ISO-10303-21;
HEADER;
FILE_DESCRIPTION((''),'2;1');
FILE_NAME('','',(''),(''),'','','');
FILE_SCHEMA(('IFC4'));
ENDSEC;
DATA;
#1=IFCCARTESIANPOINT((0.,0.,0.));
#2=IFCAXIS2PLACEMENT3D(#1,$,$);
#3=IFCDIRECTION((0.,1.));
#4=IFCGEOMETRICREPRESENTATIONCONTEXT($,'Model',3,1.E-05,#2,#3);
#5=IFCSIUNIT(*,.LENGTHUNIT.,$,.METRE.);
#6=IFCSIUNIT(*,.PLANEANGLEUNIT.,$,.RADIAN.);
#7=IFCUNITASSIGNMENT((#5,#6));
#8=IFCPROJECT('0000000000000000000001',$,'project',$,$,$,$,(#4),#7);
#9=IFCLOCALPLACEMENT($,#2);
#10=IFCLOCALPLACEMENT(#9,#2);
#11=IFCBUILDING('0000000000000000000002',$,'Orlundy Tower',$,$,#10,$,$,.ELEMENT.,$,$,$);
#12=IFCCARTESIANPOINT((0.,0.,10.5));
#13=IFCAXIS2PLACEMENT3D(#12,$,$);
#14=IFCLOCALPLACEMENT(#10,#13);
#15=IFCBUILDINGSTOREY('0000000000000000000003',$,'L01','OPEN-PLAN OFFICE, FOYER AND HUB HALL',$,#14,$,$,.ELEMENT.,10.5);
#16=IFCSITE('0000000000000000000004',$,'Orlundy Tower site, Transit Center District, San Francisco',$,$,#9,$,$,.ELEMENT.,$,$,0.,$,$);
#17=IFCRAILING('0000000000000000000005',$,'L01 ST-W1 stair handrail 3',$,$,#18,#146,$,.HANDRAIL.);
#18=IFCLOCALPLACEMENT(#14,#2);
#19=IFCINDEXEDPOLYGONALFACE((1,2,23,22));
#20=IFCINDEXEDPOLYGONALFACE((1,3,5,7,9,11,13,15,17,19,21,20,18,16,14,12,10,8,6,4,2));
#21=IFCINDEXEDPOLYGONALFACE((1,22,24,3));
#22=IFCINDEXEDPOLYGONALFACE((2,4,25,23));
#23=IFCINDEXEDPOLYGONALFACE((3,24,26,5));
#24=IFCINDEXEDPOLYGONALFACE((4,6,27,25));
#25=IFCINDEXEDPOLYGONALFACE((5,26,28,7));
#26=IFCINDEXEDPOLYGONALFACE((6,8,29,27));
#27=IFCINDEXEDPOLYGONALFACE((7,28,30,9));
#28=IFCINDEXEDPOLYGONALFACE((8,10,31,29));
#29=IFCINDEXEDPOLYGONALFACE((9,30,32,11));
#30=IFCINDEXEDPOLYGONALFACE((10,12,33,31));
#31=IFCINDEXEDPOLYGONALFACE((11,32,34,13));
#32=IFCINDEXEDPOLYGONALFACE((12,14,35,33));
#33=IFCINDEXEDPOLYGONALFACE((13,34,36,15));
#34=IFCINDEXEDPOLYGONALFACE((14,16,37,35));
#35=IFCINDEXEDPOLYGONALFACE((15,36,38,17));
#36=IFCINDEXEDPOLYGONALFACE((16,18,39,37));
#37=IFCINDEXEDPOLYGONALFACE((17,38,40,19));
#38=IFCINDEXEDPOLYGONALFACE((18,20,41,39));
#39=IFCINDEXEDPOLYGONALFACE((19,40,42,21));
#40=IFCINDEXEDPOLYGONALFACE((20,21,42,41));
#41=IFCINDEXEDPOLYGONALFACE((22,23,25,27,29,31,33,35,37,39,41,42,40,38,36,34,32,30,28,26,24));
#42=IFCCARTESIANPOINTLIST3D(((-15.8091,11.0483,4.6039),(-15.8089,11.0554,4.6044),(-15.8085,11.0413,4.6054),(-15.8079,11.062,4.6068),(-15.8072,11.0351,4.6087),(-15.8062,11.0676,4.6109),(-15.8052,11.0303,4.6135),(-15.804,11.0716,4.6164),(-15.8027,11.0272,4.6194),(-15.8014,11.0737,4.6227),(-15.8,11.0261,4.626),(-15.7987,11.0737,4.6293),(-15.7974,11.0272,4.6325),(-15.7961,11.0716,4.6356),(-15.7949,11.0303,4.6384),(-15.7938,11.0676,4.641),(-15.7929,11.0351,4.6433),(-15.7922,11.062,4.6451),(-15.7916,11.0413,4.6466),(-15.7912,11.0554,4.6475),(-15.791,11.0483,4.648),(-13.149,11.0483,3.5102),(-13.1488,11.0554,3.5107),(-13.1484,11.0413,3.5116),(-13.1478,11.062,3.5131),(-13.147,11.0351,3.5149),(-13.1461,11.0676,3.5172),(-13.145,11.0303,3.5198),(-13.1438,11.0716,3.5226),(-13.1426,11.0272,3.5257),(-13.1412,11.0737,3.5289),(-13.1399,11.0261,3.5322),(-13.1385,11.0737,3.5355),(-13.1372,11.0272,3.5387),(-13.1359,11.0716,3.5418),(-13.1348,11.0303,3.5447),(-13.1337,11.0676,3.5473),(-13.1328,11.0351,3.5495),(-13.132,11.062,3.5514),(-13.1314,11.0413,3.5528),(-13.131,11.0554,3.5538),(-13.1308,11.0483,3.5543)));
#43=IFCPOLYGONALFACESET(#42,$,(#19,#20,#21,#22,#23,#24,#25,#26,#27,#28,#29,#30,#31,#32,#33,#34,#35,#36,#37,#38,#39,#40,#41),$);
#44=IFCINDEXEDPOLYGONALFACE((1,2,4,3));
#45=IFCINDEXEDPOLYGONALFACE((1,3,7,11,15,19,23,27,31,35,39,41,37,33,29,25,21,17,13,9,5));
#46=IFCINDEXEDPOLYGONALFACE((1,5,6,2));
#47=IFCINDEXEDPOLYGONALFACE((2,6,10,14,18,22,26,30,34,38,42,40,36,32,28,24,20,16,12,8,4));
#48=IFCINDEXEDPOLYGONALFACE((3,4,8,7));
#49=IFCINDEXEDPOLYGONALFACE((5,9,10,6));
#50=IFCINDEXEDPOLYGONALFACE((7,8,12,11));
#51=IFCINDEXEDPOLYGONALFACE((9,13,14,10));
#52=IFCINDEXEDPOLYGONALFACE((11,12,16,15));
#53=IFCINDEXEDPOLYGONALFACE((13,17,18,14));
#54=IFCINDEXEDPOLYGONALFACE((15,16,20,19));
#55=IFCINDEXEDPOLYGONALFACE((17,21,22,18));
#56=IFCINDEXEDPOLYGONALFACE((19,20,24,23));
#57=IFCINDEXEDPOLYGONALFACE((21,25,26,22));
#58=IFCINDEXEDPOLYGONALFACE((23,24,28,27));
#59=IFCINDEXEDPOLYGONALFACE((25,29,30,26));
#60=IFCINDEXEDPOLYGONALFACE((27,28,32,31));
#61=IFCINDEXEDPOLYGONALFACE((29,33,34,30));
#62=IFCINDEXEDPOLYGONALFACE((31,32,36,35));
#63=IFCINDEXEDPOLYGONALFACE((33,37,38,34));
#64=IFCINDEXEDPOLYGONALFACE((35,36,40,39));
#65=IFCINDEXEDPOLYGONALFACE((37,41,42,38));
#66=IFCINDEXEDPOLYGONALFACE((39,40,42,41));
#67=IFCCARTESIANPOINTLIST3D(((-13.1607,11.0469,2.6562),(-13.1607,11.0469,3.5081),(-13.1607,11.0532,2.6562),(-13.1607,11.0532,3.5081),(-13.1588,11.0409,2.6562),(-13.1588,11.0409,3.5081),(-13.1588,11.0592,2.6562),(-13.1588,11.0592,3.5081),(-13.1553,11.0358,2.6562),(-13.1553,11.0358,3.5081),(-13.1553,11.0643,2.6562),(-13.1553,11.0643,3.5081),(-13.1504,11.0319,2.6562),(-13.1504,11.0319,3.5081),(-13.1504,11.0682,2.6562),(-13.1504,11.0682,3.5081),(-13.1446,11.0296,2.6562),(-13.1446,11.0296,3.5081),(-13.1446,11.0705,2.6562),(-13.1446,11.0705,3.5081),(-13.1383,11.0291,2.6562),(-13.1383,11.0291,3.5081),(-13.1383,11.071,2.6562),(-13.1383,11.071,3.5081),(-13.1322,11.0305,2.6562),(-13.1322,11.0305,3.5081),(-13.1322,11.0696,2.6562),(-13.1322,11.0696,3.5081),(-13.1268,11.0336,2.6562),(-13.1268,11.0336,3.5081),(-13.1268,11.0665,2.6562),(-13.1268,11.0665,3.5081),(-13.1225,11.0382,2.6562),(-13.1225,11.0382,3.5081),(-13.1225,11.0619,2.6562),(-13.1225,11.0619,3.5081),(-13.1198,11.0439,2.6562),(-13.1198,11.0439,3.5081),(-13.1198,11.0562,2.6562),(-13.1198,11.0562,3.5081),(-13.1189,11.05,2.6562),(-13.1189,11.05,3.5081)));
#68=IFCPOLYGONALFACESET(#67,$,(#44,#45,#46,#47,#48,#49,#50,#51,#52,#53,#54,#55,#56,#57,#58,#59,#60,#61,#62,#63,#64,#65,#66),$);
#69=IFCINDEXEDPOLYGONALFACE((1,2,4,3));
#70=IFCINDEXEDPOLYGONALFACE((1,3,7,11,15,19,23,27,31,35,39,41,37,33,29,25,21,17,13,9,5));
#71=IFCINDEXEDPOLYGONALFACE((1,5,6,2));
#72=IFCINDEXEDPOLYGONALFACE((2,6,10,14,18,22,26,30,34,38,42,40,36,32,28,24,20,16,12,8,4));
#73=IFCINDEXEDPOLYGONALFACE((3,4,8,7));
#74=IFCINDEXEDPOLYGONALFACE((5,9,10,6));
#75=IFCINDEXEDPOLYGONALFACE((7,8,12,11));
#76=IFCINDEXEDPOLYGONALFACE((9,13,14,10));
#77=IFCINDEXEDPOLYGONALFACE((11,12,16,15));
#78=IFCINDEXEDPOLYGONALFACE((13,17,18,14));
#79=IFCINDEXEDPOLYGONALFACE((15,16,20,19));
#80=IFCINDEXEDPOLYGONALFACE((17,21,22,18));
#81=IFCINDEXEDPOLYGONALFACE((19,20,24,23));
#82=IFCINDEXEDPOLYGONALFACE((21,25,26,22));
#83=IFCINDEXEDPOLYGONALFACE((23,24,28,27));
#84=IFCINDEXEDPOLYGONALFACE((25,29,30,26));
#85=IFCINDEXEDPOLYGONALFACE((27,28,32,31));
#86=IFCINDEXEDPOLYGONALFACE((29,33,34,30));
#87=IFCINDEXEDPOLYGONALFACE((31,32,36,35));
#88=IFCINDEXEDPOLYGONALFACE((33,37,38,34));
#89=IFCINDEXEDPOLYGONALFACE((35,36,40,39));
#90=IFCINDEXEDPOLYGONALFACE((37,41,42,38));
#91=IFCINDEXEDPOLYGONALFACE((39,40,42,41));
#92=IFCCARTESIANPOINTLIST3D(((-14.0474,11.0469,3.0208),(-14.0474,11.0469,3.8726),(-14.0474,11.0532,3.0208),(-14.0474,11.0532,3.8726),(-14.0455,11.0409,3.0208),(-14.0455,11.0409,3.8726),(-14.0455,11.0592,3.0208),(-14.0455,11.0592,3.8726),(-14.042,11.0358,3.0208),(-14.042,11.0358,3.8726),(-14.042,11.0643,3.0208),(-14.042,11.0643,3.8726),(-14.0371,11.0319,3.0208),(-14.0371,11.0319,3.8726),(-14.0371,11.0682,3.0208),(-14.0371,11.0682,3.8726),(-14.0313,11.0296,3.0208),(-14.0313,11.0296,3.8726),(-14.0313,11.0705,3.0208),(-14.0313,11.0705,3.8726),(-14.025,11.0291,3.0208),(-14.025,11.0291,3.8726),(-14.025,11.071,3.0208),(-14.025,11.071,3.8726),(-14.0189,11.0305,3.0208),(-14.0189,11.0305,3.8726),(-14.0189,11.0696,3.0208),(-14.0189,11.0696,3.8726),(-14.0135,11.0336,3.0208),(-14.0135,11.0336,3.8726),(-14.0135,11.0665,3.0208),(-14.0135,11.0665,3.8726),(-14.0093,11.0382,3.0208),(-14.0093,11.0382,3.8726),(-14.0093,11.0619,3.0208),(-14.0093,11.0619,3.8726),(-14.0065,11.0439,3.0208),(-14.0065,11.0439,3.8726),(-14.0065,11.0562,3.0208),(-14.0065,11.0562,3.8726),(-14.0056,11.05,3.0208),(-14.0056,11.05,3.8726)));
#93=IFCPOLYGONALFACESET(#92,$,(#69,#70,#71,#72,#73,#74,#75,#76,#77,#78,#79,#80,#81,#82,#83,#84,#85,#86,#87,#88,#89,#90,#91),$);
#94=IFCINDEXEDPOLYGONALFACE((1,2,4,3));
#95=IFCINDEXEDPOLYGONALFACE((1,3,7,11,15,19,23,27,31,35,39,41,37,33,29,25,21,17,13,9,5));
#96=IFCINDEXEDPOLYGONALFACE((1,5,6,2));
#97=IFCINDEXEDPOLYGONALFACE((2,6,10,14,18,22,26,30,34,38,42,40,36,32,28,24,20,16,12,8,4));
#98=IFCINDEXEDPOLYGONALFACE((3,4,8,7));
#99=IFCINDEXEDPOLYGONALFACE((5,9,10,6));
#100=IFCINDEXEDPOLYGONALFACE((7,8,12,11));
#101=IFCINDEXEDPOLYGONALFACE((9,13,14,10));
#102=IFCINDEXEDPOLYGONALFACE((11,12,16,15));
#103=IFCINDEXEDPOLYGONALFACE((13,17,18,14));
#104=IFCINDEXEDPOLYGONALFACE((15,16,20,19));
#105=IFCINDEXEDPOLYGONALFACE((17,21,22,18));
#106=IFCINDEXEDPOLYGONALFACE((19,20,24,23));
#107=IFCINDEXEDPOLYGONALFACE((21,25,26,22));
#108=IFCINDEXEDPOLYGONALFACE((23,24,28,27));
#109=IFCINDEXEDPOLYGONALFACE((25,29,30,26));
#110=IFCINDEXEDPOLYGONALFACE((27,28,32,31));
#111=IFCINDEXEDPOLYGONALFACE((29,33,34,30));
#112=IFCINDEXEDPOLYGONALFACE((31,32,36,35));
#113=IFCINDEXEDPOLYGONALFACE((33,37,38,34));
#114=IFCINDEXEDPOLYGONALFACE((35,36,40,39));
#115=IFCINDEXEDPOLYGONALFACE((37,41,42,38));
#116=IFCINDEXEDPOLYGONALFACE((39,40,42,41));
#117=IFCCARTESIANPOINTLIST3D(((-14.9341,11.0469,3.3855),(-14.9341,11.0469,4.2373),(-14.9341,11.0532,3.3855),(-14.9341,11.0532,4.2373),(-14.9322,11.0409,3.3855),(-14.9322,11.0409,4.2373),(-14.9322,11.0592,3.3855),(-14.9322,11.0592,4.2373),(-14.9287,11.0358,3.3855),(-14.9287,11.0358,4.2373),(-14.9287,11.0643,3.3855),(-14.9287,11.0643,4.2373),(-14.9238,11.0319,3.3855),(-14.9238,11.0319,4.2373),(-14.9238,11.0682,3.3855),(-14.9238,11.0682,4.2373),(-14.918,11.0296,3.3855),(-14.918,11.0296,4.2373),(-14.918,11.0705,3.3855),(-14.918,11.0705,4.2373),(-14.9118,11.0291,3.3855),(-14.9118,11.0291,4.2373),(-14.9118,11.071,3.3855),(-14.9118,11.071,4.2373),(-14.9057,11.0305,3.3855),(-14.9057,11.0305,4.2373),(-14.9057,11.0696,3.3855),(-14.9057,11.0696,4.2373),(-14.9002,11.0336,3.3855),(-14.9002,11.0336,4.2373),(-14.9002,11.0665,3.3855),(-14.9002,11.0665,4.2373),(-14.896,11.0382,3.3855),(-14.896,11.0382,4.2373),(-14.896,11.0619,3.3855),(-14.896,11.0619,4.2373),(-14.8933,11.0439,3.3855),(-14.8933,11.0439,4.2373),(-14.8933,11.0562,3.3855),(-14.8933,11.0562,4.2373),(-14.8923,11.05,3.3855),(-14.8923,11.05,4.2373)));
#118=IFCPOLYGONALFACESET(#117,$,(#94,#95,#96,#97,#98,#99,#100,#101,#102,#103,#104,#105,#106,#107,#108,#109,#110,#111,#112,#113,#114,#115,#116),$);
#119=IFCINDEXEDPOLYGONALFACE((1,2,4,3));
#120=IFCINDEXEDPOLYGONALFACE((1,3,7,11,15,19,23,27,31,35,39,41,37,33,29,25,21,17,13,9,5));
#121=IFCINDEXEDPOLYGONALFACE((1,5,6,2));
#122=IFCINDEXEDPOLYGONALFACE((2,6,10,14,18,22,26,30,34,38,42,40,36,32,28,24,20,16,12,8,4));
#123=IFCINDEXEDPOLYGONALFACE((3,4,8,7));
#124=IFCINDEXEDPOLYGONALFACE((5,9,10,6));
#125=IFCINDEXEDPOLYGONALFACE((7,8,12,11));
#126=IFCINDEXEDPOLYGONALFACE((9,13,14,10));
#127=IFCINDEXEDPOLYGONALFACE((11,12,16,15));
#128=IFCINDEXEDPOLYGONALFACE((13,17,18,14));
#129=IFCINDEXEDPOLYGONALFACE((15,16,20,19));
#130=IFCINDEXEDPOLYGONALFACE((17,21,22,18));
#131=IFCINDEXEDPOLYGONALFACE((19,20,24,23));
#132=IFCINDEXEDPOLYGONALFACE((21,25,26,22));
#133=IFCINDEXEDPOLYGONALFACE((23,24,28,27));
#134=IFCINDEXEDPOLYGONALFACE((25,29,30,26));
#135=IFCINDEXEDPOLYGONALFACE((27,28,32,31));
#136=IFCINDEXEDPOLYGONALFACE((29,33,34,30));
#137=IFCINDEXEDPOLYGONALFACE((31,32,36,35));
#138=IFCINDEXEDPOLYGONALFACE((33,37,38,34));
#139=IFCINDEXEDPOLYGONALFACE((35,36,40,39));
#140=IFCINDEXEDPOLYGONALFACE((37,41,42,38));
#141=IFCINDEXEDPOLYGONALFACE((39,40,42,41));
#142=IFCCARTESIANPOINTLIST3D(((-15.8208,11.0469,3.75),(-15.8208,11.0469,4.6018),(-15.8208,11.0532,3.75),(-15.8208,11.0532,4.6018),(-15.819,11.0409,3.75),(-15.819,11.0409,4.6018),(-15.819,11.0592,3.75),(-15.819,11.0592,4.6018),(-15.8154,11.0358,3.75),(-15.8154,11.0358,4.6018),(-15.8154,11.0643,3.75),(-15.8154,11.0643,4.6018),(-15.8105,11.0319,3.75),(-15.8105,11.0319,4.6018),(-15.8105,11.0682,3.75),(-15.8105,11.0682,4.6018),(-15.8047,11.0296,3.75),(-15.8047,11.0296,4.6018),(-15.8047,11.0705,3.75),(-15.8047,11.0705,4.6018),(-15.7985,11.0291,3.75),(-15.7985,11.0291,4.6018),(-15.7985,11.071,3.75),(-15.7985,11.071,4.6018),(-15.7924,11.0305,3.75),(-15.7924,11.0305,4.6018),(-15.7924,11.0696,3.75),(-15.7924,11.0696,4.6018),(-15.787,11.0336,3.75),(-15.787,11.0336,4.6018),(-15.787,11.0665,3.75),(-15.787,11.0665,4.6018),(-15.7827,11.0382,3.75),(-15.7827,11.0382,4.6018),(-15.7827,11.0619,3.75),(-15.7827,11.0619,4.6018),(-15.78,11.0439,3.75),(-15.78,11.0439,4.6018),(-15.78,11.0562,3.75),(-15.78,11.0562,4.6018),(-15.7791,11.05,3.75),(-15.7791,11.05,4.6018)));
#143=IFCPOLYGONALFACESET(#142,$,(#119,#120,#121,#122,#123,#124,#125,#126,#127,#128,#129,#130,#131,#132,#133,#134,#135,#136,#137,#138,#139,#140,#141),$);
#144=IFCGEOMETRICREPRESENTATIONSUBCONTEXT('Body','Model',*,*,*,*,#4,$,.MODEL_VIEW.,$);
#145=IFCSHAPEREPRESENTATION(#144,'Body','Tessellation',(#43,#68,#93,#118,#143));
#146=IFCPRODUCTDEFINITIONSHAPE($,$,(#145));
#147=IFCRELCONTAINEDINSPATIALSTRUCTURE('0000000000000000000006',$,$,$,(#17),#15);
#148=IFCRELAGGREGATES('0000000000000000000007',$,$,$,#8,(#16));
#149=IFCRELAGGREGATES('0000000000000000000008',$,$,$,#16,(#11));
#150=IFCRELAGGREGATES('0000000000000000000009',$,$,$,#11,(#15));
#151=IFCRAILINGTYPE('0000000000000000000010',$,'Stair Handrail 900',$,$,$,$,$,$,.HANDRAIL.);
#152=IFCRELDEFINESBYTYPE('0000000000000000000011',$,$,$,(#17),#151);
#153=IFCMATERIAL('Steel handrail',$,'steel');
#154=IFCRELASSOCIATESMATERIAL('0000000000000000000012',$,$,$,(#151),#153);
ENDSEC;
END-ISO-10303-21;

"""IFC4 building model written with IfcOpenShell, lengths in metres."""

from ifc_helpers import new_model, si_unit, direction, frame, origin, origin_2d, place, context, subcontext, project, spatial, circle, extrude, material, type_object, element, save


model = new_model("IFC4")

# Units and contexts
model_context = context("Model", 3, precision=1e-05, world=origin(), true_north=direction((0.0, 1.0)))
body_context = subcontext(model_context, "Body", "Model", "MODEL_VIEW")
ifc_project = project(units=[si_unit("LENGTHUNIT", "METRE"), si_unit("PLANEANGLEUNIT", "RADIAN")], contexts=[model_context])

# Site, building, storey
site_placement = place(None, origin())
site = spatial("IfcSite", under=ifc_project, at=site_placement, Name="Orlundy Tower site, Transit Center District, San Francisco", CompositionType="ELEMENT", RefElevation=0.0)
building_placement = place(site_placement, origin())
building = spatial("IfcBuilding", under=site, at=building_placement, Name="Orlundy Tower", CompositionType="ELEMENT")
storey_placement = place(building_placement, frame((0.0, 0.0, 10.5)))
storey = spatial("IfcBuildingStorey", under=building, at=storey_placement, Name="L01", Description="OPEN-PLAN OFFICE, FOYER AND HUB HALL", CompositionType="ELEMENT", Elevation=10.5)

# Railing
ifc_material_1 = material(Name="Steel handrail", Category="steel")
railing_type_1 = type_object("IfcRailingType", Name="Stair Handrail 900", PredefinedType="HANDRAIL", material=ifc_material_1)
railing_1_placement = place(storey_placement, frame((-13.1399, 11.05, 2.6562)))
element("IfcRailing", 1, at=railing_1_placement, inside=storey, type_object=railing_type_1, Name="L01 ST-W1 stair handrail 3", PredefinedType="HANDRAIL", context=body_context, shape_type="SweptSolid", body=[
    extrude(circle(Radius=0.0239, at=origin_2d()), frame((0.0, 0.0, 0.876), z_axis=(-0.924875, 0.0, 0.380272), x_axis=(0.0, -1.0, 0.0)), (0.0, 0.0, 1.0), 2.8762),
    extrude(circle(Radius=0.021, at=origin_2d()), origin(), (0.0, 0.0, 1.0), 0.8518),
    extrude(circle(Radius=0.021, at=origin_2d()), frame((-0.8867, 0.0, 0.3645)), (0.0, 0.0, 1.0), 0.8518),
    extrude(circle(Radius=0.021, at=origin_2d()), frame((-1.7734, 0.0, 0.7292)), (0.0, 0.0, 1.0), 0.8518),
    extrude(circle(Radius=0.021, at=origin_2d()), frame((-2.6602, 0.0, 1.0938)), (0.0, 0.0, 1.0), 0.8518),
])

save(model, "model.ifc")
